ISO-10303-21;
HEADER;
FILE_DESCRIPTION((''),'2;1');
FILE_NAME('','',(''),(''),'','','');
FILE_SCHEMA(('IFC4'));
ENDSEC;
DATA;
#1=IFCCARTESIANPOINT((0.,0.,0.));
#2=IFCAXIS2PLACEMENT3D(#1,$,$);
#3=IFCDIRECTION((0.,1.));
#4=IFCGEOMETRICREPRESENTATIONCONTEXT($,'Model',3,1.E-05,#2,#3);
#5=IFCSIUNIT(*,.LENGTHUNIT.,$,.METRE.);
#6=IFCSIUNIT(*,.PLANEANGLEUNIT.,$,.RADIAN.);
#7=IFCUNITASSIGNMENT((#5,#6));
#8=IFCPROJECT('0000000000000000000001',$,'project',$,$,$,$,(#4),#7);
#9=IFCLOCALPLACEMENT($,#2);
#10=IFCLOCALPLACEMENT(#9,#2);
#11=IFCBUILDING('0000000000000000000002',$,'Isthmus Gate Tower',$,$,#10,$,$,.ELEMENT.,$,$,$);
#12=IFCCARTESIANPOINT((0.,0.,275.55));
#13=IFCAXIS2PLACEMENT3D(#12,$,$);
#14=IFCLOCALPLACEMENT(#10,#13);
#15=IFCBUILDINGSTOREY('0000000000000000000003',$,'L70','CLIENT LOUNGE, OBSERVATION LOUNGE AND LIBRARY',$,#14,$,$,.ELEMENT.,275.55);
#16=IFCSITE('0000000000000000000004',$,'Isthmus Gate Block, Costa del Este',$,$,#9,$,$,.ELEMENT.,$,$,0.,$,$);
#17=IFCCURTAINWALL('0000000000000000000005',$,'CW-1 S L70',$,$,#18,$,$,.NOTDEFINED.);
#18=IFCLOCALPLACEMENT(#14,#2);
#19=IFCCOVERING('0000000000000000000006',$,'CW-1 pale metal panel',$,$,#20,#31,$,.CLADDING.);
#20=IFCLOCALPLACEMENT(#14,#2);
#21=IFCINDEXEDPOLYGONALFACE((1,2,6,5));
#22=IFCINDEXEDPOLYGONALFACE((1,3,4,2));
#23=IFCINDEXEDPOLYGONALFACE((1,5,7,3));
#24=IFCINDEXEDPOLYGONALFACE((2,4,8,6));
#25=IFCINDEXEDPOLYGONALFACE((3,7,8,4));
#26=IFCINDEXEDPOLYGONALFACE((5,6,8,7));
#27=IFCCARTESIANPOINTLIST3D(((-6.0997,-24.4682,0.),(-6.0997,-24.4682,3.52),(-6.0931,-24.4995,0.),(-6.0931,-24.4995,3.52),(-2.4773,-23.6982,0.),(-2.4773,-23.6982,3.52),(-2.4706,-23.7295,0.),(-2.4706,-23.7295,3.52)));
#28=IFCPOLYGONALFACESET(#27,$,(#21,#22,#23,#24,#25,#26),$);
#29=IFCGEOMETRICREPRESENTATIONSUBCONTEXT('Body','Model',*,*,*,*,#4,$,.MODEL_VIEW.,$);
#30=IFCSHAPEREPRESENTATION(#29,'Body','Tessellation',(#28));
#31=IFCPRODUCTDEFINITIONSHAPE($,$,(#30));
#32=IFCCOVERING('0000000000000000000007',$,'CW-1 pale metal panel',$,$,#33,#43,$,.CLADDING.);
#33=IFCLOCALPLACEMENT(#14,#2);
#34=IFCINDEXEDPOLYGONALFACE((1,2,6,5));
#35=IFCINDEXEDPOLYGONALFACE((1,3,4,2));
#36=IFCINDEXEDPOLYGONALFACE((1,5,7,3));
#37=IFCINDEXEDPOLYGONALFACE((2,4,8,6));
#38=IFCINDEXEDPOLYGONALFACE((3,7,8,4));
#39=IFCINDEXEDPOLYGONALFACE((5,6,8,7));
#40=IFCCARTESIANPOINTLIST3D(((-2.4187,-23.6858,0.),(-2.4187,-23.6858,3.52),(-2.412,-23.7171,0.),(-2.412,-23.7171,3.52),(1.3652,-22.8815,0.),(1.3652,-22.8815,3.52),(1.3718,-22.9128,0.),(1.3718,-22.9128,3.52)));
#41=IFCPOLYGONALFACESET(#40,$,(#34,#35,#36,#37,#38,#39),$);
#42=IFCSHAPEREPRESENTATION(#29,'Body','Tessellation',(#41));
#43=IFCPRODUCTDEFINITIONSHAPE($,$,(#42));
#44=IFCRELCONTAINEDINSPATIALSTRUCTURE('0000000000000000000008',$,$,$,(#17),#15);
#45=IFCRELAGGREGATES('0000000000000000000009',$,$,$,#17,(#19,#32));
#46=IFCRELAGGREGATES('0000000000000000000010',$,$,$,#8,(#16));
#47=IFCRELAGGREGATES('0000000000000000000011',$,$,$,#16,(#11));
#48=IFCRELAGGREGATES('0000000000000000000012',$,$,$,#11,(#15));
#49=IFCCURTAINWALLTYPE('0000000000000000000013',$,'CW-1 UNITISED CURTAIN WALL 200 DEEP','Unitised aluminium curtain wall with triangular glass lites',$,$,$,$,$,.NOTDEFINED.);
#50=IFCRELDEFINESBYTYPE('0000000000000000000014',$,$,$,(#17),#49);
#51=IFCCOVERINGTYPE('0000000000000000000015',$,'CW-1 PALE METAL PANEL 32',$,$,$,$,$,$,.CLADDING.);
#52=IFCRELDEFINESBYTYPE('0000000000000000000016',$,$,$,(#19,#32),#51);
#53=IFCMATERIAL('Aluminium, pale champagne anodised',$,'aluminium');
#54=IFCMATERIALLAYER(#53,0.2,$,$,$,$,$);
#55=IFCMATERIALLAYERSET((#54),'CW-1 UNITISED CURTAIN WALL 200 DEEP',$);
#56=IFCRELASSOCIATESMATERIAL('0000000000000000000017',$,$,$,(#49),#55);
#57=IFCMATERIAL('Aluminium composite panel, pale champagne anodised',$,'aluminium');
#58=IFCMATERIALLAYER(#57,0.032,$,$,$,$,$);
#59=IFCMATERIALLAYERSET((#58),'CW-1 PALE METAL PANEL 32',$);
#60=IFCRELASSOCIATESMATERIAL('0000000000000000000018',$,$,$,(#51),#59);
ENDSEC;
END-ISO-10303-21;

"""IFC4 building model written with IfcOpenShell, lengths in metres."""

from ifc_helpers import new_model, si_unit, direction, frame, origin, origin_2d, place, context, subcontext, project, spatial, rectangle, extrude, material, layer, layer_set, type_object, element, aggregate, save


model = new_model("IFC4")

# Units and contexts
model_context = context("Model", 3, precision=1e-05, world=origin(), true_north=direction((0.0, 1.0)))
body_context = subcontext(model_context, "Body", "Model", "MODEL_VIEW")
ifc_project = project(units=[si_unit("LENGTHUNIT", "METRE"), si_unit("PLANEANGLEUNIT", "RADIAN")], contexts=[model_context])

# Site, building, storey
site_placement = place(None, origin())
site = spatial("IfcSite", under=ifc_project, at=site_placement, Name="Isthmus Gate Block, Costa del Este", CompositionType="ELEMENT", RefElevation=0.0)
building_placement = place(site_placement, origin())
building = spatial("IfcBuilding", under=site, at=building_placement, Name="Isthmus Gate Tower", CompositionType="ELEMENT")
storey_placement = place(building_placement, frame((0.0, 0.0, 275.55)))
storey = spatial("IfcBuildingStorey", under=building, at=storey_placement, Name="L70", Description="CLIENT LOUNGE, OBSERVATION LOUNGE AND LIBRARY", CompositionType="ELEMENT", Elevation=275.55)

# Shared definitions
ifc_material_1 = material(Name="Aluminium, pale champagne anodised", Category="aluminium")
ifc_layer_1 = layer(ifc_material_1, 0.2)
ifc_layer_set_1 = layer_set([ifc_layer_1], Name="CW-1 UNITISED CURTAIN WALL 200 DEEP")
curtain_wall_type = type_object("IfcCurtainWallType", Name="CW-1 UNITISED CURTAIN WALL 200 DEEP", Description="Unitised aluminium curtain wall with triangular glass lites", PredefinedType="NOTDEFINED", material=ifc_layer_set_1)

# Curtain wall
curtain_wall_1_placement = place(storey_placement, origin())
curtain_wall_1 = element("IfcCurtainWall", 1, at=curtain_wall_1_placement, inside=storey, type_object=curtain_wall_type, Name="CW-1 S L70", PredefinedType="NOTDEFINED")

# Coverings
ifc_material_2 = material(Name="Aluminium composite panel, pale champagne anodised", Category="aluminium")
ifc_layer_2 = layer(ifc_material_2, 0.032)
ifc_layer_set_2 = layer_set([ifc_layer_2], Name="CW-1 PALE METAL PANEL 32")
covering_type = type_object("IfcCoveringType", Name="CW-1 PALE METAL PANEL 32", PredefinedType="CLADDING", material=ifc_layer_set_2)
covering_1_placement = place(storey_placement, frame((-4.2852, -24.0989, 0.0), z_axis=(0.0, 0.0, 1.0), x_axis=(0.978148, 0.207912, 0.0)))
covering_1 = element("IfcCovering", 2, at=covering_1_placement, type_object=covering_type, Name="CW-1 pale metal panel", PredefinedType="CLADDING", context=body_context, shape_type="SweptSolid", body=[
    extrude(rectangle(XDim=3.7034, YDim=0.032, at=origin_2d()), origin(), (0.0, 0.0, 1.0), 3.52),
])
covering_2_placement = place(storey_placement, frame((-0.5234, -23.2993, 0.0), z_axis=(0.0, 0.0, 1.0), x_axis=(0.978148, 0.207912, 0.0)))
covering_2 = element("IfcCovering", 3, at=covering_2_placement, type_object=covering_type, Name="CW-1 pale metal panel", PredefinedType="CLADDING", context=body_context, shape_type="SweptSolid", body=[
    extrude(rectangle(XDim=3.8684, YDim=0.032, at=origin_2d()), origin(), (0.0, 0.0, 1.0), 3.52),
])
aggregate(curtain_wall_1, [covering_1, covering_2])

save(model, "model.ifc")
